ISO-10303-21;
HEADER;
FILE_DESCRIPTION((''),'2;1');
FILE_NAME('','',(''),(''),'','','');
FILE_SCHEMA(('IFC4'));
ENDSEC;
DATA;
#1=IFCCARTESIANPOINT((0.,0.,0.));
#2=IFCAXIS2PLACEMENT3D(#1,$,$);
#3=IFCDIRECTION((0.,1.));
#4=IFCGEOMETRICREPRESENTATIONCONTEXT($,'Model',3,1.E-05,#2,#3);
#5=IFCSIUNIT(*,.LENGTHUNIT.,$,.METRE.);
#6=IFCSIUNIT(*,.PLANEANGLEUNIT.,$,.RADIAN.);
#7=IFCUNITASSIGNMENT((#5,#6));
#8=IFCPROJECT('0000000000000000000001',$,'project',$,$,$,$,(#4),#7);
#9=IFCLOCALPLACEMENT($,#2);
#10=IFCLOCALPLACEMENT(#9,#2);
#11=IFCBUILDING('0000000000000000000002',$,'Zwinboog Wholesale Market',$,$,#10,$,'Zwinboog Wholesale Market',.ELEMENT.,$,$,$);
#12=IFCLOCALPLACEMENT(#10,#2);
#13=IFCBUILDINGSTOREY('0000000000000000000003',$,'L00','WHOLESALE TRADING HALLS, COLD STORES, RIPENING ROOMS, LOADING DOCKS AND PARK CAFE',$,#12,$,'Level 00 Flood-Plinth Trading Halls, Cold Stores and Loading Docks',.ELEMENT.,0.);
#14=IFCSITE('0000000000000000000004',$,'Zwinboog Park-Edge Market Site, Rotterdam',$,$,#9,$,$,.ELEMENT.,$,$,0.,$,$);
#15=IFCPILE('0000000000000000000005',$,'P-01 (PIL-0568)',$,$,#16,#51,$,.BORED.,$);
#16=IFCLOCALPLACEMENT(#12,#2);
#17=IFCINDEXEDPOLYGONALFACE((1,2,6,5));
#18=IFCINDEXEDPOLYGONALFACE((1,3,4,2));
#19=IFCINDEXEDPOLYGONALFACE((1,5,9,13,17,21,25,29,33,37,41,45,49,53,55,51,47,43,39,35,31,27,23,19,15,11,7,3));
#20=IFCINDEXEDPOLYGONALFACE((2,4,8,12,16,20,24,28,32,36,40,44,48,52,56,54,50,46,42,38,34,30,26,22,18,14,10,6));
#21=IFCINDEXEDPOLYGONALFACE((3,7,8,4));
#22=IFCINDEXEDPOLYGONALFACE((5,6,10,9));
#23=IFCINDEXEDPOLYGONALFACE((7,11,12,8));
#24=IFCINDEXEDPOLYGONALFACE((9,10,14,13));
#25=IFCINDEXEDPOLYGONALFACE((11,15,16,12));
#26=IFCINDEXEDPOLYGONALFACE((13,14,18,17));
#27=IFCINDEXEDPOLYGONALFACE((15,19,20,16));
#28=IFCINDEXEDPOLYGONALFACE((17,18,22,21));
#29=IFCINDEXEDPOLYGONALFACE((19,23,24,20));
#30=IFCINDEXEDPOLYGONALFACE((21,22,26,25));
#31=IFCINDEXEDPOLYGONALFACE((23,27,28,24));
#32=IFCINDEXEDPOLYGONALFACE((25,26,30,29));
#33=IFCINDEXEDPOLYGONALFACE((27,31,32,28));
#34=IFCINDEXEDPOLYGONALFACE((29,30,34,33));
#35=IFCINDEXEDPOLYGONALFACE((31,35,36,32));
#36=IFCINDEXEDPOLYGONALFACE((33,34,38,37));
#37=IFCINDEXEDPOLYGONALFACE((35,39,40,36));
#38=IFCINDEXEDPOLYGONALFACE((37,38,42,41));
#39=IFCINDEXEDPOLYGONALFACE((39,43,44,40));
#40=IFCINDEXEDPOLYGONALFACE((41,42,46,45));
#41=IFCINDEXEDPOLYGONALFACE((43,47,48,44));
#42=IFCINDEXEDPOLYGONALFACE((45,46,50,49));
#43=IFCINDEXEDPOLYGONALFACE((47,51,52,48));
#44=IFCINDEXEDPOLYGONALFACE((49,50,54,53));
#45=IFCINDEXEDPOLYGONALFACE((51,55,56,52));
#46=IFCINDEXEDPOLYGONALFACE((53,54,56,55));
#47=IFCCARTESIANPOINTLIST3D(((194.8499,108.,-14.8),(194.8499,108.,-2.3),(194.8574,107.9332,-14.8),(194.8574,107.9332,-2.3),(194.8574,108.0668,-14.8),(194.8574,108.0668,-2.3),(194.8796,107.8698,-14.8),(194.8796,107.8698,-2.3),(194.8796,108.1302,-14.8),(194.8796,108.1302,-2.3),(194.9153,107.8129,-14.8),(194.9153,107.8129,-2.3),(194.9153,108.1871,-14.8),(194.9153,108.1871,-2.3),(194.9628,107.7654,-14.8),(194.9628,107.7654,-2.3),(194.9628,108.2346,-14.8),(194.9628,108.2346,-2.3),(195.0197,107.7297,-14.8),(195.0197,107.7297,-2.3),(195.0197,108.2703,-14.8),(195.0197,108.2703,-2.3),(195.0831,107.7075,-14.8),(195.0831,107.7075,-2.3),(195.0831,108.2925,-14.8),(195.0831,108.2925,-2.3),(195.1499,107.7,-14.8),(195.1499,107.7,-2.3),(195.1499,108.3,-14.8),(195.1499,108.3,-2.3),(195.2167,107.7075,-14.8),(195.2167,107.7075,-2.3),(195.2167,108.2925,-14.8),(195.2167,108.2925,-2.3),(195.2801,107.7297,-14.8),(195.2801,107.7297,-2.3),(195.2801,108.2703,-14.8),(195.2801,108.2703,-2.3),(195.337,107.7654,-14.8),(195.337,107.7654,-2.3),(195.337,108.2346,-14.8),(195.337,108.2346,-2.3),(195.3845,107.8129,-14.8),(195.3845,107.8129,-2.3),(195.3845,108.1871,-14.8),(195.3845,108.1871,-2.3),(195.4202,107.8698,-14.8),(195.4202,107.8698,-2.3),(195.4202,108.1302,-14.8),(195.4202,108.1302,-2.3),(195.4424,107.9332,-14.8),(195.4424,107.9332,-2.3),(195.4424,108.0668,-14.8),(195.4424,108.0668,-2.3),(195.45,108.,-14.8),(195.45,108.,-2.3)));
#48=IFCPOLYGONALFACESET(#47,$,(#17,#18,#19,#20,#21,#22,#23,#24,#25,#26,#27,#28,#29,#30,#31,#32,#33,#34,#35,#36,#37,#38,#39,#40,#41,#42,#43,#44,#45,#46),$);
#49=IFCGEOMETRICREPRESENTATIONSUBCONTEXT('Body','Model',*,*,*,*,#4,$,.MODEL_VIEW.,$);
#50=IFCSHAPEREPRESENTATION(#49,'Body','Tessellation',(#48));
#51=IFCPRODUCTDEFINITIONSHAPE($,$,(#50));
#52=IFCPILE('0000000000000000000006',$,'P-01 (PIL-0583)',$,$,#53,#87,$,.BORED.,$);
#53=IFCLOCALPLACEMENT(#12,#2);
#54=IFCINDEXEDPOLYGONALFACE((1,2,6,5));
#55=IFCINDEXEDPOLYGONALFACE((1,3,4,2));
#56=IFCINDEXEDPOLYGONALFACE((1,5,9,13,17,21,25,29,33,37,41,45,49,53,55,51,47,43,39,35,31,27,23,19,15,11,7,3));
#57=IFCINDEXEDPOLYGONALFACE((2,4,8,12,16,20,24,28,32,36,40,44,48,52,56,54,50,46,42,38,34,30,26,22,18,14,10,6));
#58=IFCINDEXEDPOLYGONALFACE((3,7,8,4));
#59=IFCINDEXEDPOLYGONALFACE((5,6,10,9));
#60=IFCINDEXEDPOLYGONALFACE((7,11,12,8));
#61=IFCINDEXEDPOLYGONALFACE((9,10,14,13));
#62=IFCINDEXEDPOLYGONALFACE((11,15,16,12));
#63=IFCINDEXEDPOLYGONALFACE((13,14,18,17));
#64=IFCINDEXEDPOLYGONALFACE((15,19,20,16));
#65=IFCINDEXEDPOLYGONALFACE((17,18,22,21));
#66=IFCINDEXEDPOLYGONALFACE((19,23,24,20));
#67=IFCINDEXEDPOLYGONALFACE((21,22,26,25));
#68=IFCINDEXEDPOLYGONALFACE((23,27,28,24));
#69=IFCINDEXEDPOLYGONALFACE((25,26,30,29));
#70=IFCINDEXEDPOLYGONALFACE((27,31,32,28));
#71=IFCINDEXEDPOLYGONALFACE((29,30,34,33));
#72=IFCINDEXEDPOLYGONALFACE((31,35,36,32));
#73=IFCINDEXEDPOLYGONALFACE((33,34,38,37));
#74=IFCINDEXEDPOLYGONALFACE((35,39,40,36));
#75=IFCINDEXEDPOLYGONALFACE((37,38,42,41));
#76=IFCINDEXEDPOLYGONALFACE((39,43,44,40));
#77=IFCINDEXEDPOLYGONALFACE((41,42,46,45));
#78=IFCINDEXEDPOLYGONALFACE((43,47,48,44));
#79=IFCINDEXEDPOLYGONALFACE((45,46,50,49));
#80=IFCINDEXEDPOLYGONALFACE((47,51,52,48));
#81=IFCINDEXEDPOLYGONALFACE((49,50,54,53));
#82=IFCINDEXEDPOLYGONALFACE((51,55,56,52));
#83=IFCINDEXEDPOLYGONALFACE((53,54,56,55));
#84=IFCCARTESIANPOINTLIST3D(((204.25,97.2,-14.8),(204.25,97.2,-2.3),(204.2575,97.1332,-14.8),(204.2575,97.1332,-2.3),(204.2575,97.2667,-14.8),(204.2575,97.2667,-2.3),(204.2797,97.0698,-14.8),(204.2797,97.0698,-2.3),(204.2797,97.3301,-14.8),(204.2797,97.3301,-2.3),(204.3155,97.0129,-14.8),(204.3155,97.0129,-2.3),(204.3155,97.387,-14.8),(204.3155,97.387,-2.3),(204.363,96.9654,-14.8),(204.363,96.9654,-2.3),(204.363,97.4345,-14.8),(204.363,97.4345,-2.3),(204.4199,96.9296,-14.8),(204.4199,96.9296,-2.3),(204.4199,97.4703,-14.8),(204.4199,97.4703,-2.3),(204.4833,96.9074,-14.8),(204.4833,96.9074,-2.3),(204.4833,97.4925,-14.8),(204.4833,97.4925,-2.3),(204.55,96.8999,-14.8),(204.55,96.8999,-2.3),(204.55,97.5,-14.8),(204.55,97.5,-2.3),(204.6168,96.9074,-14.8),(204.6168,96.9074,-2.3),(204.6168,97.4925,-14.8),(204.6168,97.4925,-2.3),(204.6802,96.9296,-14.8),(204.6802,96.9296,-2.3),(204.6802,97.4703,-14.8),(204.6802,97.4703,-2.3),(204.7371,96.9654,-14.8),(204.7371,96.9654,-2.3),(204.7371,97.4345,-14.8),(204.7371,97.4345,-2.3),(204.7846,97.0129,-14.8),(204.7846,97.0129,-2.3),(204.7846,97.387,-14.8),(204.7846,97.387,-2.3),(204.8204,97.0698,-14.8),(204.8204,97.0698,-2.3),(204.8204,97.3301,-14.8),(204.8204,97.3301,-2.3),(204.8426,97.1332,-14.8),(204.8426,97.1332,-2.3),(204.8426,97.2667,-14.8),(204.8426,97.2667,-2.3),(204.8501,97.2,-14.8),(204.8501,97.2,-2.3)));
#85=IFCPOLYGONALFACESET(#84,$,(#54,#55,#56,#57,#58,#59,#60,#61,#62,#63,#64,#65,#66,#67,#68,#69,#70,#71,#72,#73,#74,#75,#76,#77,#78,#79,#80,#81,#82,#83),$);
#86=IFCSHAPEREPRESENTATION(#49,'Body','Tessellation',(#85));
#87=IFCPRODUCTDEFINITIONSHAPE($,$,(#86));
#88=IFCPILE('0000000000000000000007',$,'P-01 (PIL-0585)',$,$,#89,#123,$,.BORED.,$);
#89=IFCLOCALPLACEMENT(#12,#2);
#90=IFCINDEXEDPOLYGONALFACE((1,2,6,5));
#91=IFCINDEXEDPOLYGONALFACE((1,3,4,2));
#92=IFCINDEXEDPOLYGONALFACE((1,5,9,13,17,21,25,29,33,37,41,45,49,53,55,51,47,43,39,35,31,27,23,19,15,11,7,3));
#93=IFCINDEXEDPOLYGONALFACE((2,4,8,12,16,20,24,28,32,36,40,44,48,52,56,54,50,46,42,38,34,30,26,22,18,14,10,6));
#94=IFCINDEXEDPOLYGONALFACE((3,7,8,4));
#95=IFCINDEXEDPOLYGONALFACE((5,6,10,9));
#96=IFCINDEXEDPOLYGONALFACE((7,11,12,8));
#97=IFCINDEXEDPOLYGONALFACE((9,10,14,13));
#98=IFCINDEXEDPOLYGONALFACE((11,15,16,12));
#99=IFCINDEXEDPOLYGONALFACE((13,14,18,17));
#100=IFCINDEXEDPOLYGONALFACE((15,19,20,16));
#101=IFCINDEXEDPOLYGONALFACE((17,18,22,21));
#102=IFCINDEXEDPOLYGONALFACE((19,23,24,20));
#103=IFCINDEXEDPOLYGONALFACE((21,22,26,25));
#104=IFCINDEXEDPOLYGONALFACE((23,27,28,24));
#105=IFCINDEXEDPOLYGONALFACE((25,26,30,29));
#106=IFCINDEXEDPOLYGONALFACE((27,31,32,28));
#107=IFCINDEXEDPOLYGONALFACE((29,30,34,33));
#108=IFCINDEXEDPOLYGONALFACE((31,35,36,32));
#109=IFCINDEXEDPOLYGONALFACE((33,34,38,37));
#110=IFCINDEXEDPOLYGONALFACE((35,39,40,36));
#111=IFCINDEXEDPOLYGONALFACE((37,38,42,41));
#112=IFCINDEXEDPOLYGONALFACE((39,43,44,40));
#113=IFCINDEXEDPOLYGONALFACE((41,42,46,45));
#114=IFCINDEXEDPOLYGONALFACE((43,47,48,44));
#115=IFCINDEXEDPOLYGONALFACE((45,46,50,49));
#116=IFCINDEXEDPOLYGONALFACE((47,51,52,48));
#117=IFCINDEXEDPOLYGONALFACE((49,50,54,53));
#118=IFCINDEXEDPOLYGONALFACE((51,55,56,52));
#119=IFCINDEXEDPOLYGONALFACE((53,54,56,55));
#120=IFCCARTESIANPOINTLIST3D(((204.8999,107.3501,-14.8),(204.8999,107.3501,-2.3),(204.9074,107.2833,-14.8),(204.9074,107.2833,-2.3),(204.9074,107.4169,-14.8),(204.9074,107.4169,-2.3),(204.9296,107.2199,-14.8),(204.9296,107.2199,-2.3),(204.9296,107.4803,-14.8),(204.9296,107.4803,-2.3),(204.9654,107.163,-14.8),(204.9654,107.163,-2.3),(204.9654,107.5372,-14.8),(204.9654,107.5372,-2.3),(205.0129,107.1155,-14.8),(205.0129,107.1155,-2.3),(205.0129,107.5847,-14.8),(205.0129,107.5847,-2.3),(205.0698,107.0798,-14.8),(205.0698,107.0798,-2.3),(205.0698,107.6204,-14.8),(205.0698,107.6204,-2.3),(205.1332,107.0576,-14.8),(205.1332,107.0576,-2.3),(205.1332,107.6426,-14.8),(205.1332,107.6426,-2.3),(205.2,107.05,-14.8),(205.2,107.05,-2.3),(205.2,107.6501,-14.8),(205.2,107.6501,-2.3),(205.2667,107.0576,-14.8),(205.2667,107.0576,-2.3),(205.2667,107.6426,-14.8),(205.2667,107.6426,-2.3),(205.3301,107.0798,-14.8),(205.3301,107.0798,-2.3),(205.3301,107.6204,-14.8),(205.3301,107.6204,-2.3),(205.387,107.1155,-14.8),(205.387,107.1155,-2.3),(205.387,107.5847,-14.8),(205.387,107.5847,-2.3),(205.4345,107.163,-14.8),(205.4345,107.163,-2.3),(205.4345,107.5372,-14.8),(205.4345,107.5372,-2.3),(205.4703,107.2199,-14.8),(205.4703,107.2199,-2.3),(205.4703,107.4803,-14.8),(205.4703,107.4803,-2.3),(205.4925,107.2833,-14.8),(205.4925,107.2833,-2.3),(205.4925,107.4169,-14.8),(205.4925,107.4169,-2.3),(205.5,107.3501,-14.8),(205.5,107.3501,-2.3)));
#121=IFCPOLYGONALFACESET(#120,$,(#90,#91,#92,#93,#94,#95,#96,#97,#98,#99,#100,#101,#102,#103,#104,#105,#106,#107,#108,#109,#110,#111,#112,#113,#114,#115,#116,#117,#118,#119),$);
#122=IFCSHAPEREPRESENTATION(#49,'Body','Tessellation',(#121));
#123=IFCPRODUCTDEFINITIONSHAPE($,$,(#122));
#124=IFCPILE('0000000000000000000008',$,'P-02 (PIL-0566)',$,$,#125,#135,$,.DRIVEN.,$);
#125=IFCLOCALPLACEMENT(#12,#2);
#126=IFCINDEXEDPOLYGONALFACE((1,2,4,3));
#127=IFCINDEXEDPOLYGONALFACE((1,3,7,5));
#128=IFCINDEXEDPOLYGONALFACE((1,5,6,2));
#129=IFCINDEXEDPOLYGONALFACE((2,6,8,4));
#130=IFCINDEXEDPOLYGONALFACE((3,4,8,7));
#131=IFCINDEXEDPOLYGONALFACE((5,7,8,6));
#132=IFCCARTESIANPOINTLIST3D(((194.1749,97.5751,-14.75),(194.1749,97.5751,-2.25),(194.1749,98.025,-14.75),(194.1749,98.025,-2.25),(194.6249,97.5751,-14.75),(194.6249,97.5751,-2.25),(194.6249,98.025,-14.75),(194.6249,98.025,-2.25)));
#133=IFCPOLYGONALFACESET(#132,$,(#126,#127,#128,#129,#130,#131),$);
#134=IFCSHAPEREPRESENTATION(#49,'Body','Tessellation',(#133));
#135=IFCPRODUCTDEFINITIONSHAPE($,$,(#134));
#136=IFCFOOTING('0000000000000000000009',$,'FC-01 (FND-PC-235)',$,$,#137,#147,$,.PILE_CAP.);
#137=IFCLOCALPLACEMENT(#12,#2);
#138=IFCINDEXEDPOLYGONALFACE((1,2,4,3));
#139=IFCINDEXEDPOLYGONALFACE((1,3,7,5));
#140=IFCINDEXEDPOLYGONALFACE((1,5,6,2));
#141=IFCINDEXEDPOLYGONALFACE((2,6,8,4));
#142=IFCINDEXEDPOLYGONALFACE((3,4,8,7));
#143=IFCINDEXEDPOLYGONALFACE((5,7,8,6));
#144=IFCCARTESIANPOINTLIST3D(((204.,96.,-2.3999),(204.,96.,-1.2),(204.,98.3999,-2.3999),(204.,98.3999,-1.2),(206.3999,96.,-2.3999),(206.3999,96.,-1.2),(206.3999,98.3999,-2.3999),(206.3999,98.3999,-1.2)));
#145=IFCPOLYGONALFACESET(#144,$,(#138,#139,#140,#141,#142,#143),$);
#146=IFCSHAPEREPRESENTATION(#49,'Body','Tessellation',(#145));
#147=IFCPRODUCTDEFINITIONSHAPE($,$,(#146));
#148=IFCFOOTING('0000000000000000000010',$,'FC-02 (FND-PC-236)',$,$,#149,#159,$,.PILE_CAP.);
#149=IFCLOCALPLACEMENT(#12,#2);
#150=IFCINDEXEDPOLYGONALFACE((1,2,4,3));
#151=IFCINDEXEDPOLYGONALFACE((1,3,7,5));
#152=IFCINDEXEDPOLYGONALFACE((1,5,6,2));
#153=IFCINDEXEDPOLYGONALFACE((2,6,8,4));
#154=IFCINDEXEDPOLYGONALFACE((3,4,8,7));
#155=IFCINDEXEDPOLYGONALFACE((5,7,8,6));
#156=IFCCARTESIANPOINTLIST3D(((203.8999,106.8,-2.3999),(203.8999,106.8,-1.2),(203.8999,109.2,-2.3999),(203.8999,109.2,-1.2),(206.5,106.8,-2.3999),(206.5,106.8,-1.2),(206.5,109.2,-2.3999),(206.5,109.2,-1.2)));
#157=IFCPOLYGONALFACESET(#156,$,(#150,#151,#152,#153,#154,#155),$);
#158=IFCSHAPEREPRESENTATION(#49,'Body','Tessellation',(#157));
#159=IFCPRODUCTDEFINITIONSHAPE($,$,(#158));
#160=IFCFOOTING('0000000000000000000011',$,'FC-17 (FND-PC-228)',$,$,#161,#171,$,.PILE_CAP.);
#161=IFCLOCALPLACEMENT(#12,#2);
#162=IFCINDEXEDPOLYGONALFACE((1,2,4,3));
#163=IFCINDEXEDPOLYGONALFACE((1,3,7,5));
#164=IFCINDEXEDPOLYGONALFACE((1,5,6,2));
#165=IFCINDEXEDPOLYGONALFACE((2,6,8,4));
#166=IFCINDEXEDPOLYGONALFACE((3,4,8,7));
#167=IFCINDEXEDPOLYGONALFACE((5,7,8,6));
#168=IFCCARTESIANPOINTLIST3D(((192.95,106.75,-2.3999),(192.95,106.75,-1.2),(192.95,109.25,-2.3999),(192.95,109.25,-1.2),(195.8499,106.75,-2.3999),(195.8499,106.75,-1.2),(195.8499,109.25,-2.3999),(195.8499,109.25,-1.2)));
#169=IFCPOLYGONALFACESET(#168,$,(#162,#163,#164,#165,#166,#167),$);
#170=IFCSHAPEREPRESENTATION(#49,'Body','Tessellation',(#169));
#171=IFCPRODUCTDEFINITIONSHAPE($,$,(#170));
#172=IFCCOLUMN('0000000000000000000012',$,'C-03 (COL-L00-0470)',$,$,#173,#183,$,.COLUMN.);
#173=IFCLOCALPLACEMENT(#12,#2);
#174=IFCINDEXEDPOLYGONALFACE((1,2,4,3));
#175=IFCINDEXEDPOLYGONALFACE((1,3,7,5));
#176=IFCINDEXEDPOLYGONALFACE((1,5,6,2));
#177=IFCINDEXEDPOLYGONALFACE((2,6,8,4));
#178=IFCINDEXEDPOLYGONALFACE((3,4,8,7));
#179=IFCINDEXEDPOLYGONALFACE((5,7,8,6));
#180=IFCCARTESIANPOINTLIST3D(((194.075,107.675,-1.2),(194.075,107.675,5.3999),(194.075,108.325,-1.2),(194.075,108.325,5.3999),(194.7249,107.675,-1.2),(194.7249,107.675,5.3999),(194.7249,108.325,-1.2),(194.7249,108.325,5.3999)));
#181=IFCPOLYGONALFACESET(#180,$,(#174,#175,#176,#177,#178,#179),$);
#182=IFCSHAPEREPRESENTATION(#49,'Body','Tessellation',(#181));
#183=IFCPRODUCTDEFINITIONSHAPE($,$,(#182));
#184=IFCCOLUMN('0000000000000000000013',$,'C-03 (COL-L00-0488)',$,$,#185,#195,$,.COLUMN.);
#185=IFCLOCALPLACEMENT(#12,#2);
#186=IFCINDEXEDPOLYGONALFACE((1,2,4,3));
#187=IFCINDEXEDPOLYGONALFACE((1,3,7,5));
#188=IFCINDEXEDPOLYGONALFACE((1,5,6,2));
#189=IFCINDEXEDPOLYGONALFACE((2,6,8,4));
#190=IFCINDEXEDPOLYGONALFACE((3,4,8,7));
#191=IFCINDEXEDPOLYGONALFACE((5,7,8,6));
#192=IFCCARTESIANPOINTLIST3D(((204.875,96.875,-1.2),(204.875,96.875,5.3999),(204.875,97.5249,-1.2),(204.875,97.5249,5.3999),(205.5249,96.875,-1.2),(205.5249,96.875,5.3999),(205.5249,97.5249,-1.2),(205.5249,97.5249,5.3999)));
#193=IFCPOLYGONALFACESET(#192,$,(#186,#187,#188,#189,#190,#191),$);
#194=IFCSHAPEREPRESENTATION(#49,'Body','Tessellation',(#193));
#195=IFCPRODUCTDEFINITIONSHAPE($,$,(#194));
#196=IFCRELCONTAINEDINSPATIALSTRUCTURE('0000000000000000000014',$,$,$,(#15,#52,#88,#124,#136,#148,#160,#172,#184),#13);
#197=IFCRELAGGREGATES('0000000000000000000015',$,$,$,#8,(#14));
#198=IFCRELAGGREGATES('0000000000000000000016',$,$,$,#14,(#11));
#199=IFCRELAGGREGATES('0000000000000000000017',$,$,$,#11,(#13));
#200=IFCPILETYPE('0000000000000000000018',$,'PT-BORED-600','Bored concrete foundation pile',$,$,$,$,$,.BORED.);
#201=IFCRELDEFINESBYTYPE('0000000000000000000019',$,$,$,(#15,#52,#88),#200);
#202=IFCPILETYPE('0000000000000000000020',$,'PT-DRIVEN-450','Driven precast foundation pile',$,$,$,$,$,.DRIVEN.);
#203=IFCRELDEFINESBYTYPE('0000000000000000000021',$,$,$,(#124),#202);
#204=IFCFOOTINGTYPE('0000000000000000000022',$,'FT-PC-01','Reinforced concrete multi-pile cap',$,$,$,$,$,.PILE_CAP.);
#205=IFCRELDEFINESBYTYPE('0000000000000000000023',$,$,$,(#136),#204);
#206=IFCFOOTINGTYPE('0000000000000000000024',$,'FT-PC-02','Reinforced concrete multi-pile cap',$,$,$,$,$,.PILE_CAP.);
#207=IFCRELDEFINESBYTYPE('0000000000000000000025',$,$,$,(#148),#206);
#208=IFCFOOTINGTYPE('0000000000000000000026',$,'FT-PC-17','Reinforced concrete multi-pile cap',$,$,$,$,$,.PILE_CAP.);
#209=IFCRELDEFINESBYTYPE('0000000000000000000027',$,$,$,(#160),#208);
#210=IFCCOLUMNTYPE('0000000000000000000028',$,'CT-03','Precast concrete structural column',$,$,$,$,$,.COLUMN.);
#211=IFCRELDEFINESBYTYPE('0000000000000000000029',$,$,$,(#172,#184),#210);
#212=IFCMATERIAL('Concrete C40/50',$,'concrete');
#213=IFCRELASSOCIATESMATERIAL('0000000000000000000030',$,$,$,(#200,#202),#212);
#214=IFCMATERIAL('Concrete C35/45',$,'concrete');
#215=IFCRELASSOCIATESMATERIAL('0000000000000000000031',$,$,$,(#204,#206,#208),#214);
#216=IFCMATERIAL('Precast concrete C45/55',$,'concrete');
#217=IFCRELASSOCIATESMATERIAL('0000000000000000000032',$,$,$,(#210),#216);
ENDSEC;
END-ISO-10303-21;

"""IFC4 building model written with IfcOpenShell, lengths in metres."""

from ifc_helpers import new_model, si_unit, direction, frame, origin, origin_2d, place, context, subcontext, project, spatial, rectangle, circle, extrude, material, material_profile, profile_set, type_object, element, save


model = new_model("IFC4")

# Units and contexts
model_context = context("Model", 3, precision=1e-05, world=origin(), true_north=direction((0.0, 1.0)))
body_context = subcontext(model_context, "Body", "Model", "MODEL_VIEW")
ifc_project = project(units=[si_unit("LENGTHUNIT", "METRE"), si_unit("PLANEANGLEUNIT", "RADIAN")], contexts=[model_context])

# Site, building, storey
site_placement = place(None, origin())
site = spatial("IfcSite", under=ifc_project, at=site_placement, Name="Zwinboog Park-Edge Market Site, Rotterdam", CompositionType="ELEMENT", RefElevation=0.0)
building_placement = place(site_placement, origin())
building = spatial("IfcBuilding", under=site, at=building_placement, Name="Zwinboog Wholesale Market", LongName="Zwinboog Wholesale Market", CompositionType="ELEMENT")
storey_placement = place(building_placement, origin())
storey = spatial("IfcBuildingStorey", under=building, at=storey_placement, Name="L00", Description="WHOLESALE TRADING HALLS, COLD STORES, RIPENING ROOMS, LOADING DOCKS AND PARK CAFE", LongName="Level 00 Flood-Plinth Trading Halls, Cold Stores and Loading Docks", CompositionType="ELEMENT", Elevation=0.0)

# Piles
ifc_material_1 = material(Name="Concrete C40/50", Category="concrete")
ifc_material_profile_1 = material_profile(ifc_material_1, circle(Radius=0.3, at=origin_2d()), Name="PILE D600")
ifc_profile_set_1 = profile_set([ifc_material_profile_1], Name="Concrete C40/50")
pile_type_1 = type_object("IfcPileType", Name="PT-BORED-600", Description="Bored concrete foundation pile", PredefinedType="BORED", material=ifc_profile_set_1)
for number, where, z_axis, x_axis, name in (
    (1, (195.1499, 108.0, -2.3), (0.0, 0.0, -1.0), (1.0, 0.0, 0.0), "P-01 (PIL-0568)"),
    (2, (204.55, 97.2, -2.3), (0.0, 0.0, -1.0), (1.0, 0.0, 0.0), "P-01 (PIL-0583)"),
    (3, (205.2, 107.3501, -2.3), (0.0, 0.0, -1.0), (1.0, 0.0, 0.0), "P-01 (PIL-0585)"),
):
    element("IfcPile", number, at=place(storey_placement, frame(where, z_axis=z_axis, x_axis=x_axis)), inside=storey, type_object=pile_type_1, Name=name, PredefinedType="BORED", context=body_context, shape_type="SweptSolid", body=[
        extrude(circle(Radius=0.3, at=origin_2d()), origin(), (0.0, 0.0, 1.0), 12.5),
    ])
ifc_material_profile_2 = material_profile(ifc_material_1, rectangle(XDim=0.45, YDim=0.45, at=origin_2d()), Name="PILE SQ450")
ifc_profile_set_2 = profile_set([ifc_material_profile_2], Name="Concrete C40/50")
pile_type_2 = type_object("IfcPileType", Name="PT-DRIVEN-450", Description="Driven precast foundation pile", PredefinedType="DRIVEN", material=ifc_profile_set_2)
pile_placement = place(storey_placement, frame((194.3999, 97.8, -2.25), z_axis=(0.0, 0.0, -1.0), x_axis=(1.0, 0.0, 0.0)))
element("IfcPile", 4, at=pile_placement, inside=storey, type_object=pile_type_2, Name="P-02 (PIL-0566)", PredefinedType="DRIVEN", context=body_context, shape_type="SweptSolid", body=[
    extrude(rectangle(XDim=0.45, YDim=0.45, at=origin_2d()), origin(), (0.0, 0.0, 1.0), 12.5),
])

# Footings
ifc_material_2 = material(Name="Concrete C35/45", Category="concrete")
footing_type_1 = type_object("IfcFootingType", Name="FT-PC-01", Description="Reinforced concrete multi-pile cap", PredefinedType="PILE_CAP", material=ifc_material_2)
footing_1_placement = place(storey_placement, frame((205.2, 97.2, -2.3999), z_axis=(0.0, 0.0, 1.0), x_axis=(1.0, 0.0, 0.0)))
element("IfcFooting", 5, at=footing_1_placement, inside=storey, type_object=footing_type_1, Name="FC-01 (FND-PC-235)", PredefinedType="PILE_CAP", context=body_context, shape_type="SweptSolid", body=[
    extrude(rectangle(XDim=2.3999, YDim=2.3999, at=origin_2d()), origin(), (0.0, 0.0, 1.0), 1.2),
])
footing_type_2 = type_object("IfcFootingType", Name="FT-PC-02", Description="Reinforced concrete multi-pile cap", PredefinedType="PILE_CAP", material=ifc_material_2)
footing_2_placement = place(storey_placement, frame((205.2, 108.0, -2.3999), z_axis=(0.0, 0.0, 1.0), x_axis=(1.0, 0.0, 0.0)))
element("IfcFooting", 6, at=footing_2_placement, inside=storey, type_object=footing_type_2, Name="FC-02 (FND-PC-236)", PredefinedType="PILE_CAP", context=body_context, shape_type="SweptSolid", body=[
    extrude(rectangle(XDim=2.6001, YDim=2.3999, at=origin_2d()), origin(), (0.0, 0.0, 1.0), 1.2),
])
footing_type_3 = type_object("IfcFootingType", Name="FT-PC-17", Description="Reinforced concrete multi-pile cap", PredefinedType="PILE_CAP", material=ifc_material_2)
footing_3_placement = place(storey_placement, frame((194.3999, 108.0, -2.3999), z_axis=(0.0, 0.0, 1.0), x_axis=(1.0, 0.0, 0.0)))
element("IfcFooting", 7, at=footing_3_placement, inside=storey, type_object=footing_type_3, Name="FC-17 (FND-PC-228)", PredefinedType="PILE_CAP", context=body_context, shape_type="SweptSolid", body=[
    extrude(rectangle(XDim=2.8999, YDim=2.5, at=origin_2d()), origin(), (0.0, 0.0, 1.0), 1.2),
])

# Columns
ifc_material_3 = material(Name="Precast concrete C45/55", Category="concrete")
ifc_material_profile_3 = material_profile(ifc_material_3, rectangle(XDim=0.6499, YDim=0.6499, at=origin_2d()), Name="PC 650x650")
ifc_profile_set_3 = profile_set([ifc_material_profile_3], Name="Precast concrete C45/55")
column_type = type_object("IfcColumnType", Name="CT-03", Description="Precast concrete structural column", PredefinedType="COLUMN", material=ifc_profile_set_3)
for number, where, z_axis, x_axis, name in (
    (8, (194.3999, 108.0, -1.2), (0.0, 0.0, 1.0), (1.0, 0.0, 0.0), "C-03 (COL-L00-0470)"),
    (9, (205.2, 97.2, -1.2), (0.0, 0.0, 1.0), (1.0, 0.0, 0.0), "C-03 (COL-L00-0488)"),
):
    element("IfcColumn", number, at=place(storey_placement, frame(where, z_axis=z_axis, x_axis=x_axis)), inside=storey, type_object=column_type, Name=name, PredefinedType="COLUMN", context=body_context, shape_type="SweptSolid", body=[
        extrude(rectangle(XDim=0.6499, YDim=0.6499, at=origin_2d()), origin(), (0.0, 0.0, 1.0), 6.5999),
    ])

save(model, "model.ifc")
